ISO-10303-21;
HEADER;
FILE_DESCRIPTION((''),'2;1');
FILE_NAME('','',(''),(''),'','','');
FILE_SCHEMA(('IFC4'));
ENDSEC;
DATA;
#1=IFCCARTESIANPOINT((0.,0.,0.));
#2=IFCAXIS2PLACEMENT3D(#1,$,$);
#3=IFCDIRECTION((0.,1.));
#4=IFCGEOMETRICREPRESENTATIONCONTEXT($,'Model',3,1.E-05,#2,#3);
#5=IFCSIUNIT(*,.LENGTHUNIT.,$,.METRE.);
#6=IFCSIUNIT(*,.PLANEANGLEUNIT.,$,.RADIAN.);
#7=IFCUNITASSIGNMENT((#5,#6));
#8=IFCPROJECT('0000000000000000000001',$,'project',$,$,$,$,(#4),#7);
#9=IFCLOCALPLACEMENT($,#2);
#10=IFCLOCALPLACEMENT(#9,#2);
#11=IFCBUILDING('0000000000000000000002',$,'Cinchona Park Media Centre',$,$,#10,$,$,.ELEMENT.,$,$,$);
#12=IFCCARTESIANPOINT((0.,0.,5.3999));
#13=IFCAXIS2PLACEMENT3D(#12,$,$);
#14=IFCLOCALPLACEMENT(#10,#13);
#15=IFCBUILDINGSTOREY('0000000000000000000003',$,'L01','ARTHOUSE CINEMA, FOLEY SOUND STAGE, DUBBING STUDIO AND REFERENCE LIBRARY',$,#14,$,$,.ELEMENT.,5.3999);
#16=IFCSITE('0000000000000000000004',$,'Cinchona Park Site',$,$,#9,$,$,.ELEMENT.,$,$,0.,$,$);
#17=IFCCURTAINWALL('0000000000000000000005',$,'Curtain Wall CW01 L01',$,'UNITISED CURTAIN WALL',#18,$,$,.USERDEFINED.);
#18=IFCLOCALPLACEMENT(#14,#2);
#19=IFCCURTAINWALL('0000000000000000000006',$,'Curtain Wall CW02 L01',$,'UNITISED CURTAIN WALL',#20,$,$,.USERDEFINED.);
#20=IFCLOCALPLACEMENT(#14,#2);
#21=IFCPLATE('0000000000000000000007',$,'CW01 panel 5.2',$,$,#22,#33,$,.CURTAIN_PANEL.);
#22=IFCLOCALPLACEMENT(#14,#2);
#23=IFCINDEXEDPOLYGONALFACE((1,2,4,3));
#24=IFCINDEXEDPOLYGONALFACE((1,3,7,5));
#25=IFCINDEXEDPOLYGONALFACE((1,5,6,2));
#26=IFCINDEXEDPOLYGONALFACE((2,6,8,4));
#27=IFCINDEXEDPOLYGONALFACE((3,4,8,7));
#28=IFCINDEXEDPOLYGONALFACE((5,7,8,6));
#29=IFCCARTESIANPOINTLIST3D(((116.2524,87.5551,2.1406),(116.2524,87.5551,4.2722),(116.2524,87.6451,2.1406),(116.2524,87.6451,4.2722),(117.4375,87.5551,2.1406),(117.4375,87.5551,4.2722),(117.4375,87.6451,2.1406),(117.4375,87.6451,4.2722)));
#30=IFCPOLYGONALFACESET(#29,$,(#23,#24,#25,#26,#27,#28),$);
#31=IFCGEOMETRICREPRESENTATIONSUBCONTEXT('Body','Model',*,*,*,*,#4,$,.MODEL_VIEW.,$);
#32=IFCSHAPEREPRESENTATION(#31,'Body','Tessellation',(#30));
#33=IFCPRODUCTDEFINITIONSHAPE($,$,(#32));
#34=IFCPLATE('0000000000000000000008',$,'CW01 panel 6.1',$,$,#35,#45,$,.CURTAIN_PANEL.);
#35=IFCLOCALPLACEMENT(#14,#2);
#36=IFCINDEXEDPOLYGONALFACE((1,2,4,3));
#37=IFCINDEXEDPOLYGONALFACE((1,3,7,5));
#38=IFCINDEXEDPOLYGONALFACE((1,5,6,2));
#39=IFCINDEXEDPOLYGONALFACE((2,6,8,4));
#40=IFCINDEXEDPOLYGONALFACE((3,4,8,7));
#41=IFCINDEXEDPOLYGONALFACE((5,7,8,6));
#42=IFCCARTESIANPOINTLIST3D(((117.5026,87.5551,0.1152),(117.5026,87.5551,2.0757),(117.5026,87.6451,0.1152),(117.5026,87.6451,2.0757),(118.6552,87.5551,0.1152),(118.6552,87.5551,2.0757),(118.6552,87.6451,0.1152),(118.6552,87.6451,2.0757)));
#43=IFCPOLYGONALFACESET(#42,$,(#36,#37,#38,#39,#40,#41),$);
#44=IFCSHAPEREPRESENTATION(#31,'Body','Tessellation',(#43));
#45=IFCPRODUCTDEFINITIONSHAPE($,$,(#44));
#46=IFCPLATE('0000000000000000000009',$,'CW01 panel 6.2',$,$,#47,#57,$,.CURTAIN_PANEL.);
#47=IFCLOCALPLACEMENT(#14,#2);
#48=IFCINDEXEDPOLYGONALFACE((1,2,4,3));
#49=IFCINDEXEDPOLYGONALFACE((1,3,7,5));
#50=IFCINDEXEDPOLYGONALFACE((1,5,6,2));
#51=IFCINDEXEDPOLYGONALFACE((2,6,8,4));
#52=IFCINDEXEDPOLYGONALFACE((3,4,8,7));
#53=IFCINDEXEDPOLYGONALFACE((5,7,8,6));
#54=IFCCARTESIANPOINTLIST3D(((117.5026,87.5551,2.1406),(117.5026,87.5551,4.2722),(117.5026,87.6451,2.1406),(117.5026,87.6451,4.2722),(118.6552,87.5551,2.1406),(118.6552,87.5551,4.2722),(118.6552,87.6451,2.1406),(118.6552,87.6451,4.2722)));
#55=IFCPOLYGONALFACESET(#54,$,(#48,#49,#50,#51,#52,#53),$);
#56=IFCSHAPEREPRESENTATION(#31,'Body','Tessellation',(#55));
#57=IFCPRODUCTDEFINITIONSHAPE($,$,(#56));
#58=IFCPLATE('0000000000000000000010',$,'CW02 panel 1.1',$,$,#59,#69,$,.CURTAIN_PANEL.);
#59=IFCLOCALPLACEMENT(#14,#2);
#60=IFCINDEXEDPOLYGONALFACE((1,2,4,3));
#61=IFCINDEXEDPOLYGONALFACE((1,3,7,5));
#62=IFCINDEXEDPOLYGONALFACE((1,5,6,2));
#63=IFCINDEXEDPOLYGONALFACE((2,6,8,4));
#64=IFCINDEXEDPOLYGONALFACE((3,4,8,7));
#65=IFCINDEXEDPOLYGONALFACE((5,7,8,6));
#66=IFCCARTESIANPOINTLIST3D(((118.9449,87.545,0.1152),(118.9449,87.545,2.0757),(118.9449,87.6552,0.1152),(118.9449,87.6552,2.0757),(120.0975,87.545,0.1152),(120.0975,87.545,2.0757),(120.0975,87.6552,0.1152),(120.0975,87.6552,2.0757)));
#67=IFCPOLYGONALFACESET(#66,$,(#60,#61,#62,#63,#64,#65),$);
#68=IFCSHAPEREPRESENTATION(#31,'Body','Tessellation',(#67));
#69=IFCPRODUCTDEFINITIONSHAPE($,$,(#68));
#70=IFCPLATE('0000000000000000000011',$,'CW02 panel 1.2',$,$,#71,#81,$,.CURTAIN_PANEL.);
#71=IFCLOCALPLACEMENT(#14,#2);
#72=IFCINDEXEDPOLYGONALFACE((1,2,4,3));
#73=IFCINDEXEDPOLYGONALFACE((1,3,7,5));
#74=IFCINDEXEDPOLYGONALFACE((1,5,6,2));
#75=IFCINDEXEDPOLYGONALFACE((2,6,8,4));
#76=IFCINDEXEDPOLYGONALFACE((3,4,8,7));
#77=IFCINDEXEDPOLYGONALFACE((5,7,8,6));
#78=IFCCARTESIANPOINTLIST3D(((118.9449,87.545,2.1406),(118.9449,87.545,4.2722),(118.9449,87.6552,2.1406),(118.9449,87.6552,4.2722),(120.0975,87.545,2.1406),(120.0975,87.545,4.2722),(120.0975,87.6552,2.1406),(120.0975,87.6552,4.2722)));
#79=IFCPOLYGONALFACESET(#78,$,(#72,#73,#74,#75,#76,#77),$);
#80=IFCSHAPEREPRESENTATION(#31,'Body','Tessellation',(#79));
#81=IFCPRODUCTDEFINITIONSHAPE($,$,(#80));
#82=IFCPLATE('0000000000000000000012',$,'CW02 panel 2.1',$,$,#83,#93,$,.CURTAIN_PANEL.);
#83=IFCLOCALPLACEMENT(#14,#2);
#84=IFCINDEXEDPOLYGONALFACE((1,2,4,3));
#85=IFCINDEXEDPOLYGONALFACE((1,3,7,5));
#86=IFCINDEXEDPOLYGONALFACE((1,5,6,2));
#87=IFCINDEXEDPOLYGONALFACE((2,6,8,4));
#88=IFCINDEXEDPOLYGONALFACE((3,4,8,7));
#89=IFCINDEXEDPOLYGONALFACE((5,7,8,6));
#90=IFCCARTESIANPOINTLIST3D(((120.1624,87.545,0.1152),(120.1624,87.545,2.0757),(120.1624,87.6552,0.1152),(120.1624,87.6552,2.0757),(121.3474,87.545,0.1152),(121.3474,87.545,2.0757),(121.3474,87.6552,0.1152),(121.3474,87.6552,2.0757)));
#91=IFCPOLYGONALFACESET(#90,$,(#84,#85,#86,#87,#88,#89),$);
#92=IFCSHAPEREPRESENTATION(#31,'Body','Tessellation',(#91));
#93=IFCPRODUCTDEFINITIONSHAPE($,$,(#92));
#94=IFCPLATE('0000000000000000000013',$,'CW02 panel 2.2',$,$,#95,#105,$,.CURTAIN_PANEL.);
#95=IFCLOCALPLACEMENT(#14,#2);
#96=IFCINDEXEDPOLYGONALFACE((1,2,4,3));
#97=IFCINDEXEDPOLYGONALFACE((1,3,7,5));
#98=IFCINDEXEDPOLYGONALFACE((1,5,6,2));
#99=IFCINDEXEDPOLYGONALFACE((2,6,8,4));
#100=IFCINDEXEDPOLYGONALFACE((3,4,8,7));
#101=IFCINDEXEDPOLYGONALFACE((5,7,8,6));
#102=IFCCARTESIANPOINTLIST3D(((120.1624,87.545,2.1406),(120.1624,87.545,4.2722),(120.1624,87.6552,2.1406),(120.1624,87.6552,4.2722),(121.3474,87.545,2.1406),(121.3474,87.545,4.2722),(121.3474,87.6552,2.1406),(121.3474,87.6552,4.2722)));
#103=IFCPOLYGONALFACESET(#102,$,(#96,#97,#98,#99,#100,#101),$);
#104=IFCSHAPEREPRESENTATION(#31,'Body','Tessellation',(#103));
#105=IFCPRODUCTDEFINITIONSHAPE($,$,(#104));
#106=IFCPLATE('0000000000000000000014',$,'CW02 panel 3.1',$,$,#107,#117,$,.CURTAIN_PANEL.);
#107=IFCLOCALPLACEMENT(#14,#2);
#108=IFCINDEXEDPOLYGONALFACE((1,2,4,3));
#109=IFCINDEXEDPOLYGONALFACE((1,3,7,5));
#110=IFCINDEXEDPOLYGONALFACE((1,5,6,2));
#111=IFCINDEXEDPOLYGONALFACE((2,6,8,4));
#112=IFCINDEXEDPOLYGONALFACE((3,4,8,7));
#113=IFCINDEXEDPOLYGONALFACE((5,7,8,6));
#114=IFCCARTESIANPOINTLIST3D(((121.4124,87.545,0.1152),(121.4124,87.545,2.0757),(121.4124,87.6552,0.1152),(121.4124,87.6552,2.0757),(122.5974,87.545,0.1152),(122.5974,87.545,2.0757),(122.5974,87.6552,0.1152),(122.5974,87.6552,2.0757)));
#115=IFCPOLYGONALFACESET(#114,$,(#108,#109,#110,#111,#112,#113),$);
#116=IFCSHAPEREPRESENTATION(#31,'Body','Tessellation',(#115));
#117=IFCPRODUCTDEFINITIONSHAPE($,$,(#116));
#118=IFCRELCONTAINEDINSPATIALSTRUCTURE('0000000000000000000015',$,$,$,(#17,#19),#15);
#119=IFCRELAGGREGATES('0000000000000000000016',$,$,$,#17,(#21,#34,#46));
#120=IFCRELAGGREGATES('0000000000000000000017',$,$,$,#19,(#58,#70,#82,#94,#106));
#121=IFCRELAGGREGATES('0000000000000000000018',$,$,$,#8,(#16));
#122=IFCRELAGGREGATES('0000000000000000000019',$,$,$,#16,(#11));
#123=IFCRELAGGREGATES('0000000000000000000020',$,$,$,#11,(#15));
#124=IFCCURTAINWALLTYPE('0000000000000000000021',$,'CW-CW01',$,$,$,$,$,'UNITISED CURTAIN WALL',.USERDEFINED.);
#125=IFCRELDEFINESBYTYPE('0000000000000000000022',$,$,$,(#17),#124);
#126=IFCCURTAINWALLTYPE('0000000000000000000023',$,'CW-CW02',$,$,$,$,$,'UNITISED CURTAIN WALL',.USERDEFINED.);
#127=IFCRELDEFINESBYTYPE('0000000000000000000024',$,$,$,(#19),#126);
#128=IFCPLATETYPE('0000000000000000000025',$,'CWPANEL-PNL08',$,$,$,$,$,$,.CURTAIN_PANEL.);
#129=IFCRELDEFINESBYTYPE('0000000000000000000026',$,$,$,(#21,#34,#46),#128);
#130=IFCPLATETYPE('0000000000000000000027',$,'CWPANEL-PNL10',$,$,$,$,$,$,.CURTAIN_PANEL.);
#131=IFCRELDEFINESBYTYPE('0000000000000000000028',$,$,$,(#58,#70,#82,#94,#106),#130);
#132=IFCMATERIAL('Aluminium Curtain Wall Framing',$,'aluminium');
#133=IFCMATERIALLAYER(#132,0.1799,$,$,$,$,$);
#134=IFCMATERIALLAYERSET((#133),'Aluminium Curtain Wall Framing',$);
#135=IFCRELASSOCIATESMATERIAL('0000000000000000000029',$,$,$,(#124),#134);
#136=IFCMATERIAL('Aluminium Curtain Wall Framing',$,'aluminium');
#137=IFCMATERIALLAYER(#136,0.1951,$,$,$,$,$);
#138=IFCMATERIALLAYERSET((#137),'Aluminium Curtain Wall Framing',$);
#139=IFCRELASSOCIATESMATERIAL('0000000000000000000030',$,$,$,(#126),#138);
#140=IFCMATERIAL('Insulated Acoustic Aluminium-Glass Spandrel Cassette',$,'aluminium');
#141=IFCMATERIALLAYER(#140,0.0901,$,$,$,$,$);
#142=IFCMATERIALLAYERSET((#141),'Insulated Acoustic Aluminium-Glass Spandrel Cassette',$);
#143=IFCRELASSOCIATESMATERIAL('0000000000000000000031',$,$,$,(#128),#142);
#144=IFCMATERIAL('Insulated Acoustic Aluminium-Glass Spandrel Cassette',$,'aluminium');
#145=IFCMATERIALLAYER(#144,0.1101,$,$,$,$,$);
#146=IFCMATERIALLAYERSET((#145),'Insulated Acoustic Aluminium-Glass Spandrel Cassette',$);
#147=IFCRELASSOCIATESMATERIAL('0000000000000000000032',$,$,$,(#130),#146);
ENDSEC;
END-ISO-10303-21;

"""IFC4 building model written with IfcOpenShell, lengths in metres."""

from ifc_helpers import new_model, si_unit, direction, frame, origin, origin_2d, place, context, subcontext, project, spatial, rectangle, extrude, material, layer, layer_set, type_object, element, aggregate, save


model = new_model("IFC4")

# Units and contexts
model_context = context("Model", 3, precision=1e-05, world=origin(), true_north=direction((0.0, 1.0)))
body_context = subcontext(model_context, "Body", "Model", "MODEL_VIEW")
ifc_project = project(units=[si_unit("LENGTHUNIT", "METRE"), si_unit("PLANEANGLEUNIT", "RADIAN")], contexts=[model_context])

# Site, building, storey
site_placement = place(None, origin())
site = spatial("IfcSite", under=ifc_project, at=site_placement, Name="Cinchona Park Site", CompositionType="ELEMENT", RefElevation=0.0)
building_placement = place(site_placement, origin())
building = spatial("IfcBuilding", under=site, at=building_placement, Name="Cinchona Park Media Centre", CompositionType="ELEMENT")
storey_placement = place(building_placement, frame((0.0, 0.0, 5.3999)))
storey = spatial("IfcBuildingStorey", under=building, at=storey_placement, Name="L01", Description="ARTHOUSE CINEMA, FOLEY SOUND STAGE, DUBBING STUDIO AND REFERENCE LIBRARY", CompositionType="ELEMENT", Elevation=5.3999)

# Curtain walls
ifc_material_1 = material(Name="Aluminium Curtain Wall Framing", Category="aluminium")
ifc_layer_1 = layer(ifc_material_1, 0.1799)
ifc_layer_set_1 = layer_set([ifc_layer_1], Name="Aluminium Curtain Wall Framing")
curtain_wall_type_1 = type_object("IfcCurtainWallType", Name="CW-CW01", ElementType="UNITISED CURTAIN WALL", PredefinedType="USERDEFINED", material=ifc_layer_set_1)
curtain_wall_1_placement = place(storey_placement, origin())
curtain_wall_1 = element("IfcCurtainWall", 1, at=curtain_wall_1_placement, inside=storey, type_object=curtain_wall_type_1, Name="Curtain Wall CW01 L01", ObjectType="UNITISED CURTAIN WALL", PredefinedType="USERDEFINED")
ifc_material_2 = material(Name="Aluminium Curtain Wall Framing", Category="aluminium")
ifc_layer_2 = layer(ifc_material_2, 0.1951)
ifc_layer_set_2 = layer_set([ifc_layer_2], Name="Aluminium Curtain Wall Framing")
curtain_wall_type_2 = type_object("IfcCurtainWallType", Name="CW-CW02", ElementType="UNITISED CURTAIN WALL", PredefinedType="USERDEFINED", material=ifc_layer_set_2)
curtain_wall_2_placement = place(storey_placement, origin())
curtain_wall_2 = element("IfcCurtainWall", 2, at=curtain_wall_2_placement, inside=storey, type_object=curtain_wall_type_2, Name="Curtain Wall CW02 L01", ObjectType="UNITISED CURTAIN WALL", PredefinedType="USERDEFINED")

# Plates
ifc_material_3 = material(Name="Insulated Acoustic Aluminium-Glass Spandrel Cassette", Category="aluminium")
ifc_layer_3 = layer(ifc_material_3, 0.0901)
ifc_layer_set_3 = layer_set([ifc_layer_3], Name="Insulated Acoustic Aluminium-Glass Spandrel Cassette")
plate_type_1 = type_object("IfcPlateType", Name="CWPANEL-PNL08", PredefinedType="CURTAIN_PANEL", material=ifc_layer_set_3)
plate_1_placement = place(storey_placement, frame((116.845, 87.6001, 2.1406), z_axis=(0.0, 0.0, 1.0), x_axis=(1.0, 0.0, 0.0)))
plate_1 = element("IfcPlate", 3, at=plate_1_placement, type_object=plate_type_1, Name="CW01 panel 5.2", PredefinedType="CURTAIN_PANEL", context=body_context, shape_type="SweptSolid", body=[
    extrude(rectangle(XDim=1.1851, YDim=0.0901, at=origin_2d()), origin(), (0.0, 0.0, 1.0), 2.1316),
])
plate_2_placement = place(storey_placement, frame((118.0789, 87.6001, 0.1152), z_axis=(0.0, 0.0, 1.0), x_axis=(1.0, 0.0, 0.0)))
plate_2 = element("IfcPlate", 4, at=plate_2_placement, type_object=plate_type_1, Name="CW01 panel 6.1", PredefinedType="CURTAIN_PANEL", context=body_context, shape_type="SweptSolid", body=[
    extrude(rectangle(XDim=1.1526, YDim=0.0901, at=origin_2d()), origin(), (0.0, 0.0, 1.0), 1.9604),
])
plate_3_placement = place(storey_placement, frame((118.0789, 87.6001, 2.1406), z_axis=(0.0, 0.0, 1.0), x_axis=(1.0, 0.0, 0.0)))
plate_3 = element("IfcPlate", 5, at=plate_3_placement, type_object=plate_type_1, Name="CW01 panel 6.2", PredefinedType="CURTAIN_PANEL", context=body_context, shape_type="SweptSolid", body=[
    extrude(rectangle(XDim=1.1526, YDim=0.0901, at=origin_2d()), origin(), (0.0, 0.0, 1.0), 2.1316),
])
aggregate(curtain_wall_1, [plate_1, plate_2, plate_3])
ifc_material_4 = material(Name="Insulated Acoustic Aluminium-Glass Spandrel Cassette", Category="aluminium")
ifc_layer_4 = layer(ifc_material_4, 0.1101)
ifc_layer_set_4 = layer_set([ifc_layer_4], Name="Insulated Acoustic Aluminium-Glass Spandrel Cassette")
plate_type_2 = type_object("IfcPlateType", Name="CWPANEL-PNL10", PredefinedType="CURTAIN_PANEL", material=ifc_layer_set_4)
plate_4_placement = place(storey_placement, frame((119.5212, 87.6001, 0.1152), z_axis=(0.0, 0.0, 1.0), x_axis=(1.0, 0.0, 0.0)))
plate_4 = element("IfcPlate", 6, at=plate_4_placement, type_object=plate_type_2, Name="CW02 panel 1.1", PredefinedType="CURTAIN_PANEL", context=body_context, shape_type="SweptSolid", body=[
    extrude(rectangle(XDim=1.1526, YDim=0.1101, at=origin_2d()), origin(), (0.0, 0.0, 1.0), 1.9604),
])
plate_5_placement = place(storey_placement, frame((119.5212, 87.6001, 2.1406), z_axis=(0.0, 0.0, 1.0), x_axis=(1.0, 0.0, 0.0)))
plate_5 = element("IfcPlate", 7, at=plate_5_placement, type_object=plate_type_2, Name="CW02 panel 1.2", PredefinedType="CURTAIN_PANEL", context=body_context, shape_type="SweptSolid", body=[
    extrude(rectangle(XDim=1.1526, YDim=0.1101, at=origin_2d()), origin(), (0.0, 0.0, 1.0), 2.1316),
])
plate_6_placement = place(storey_placement, frame((120.7549, 87.6001, 0.1152), z_axis=(0.0, 0.0, 1.0), x_axis=(1.0, 0.0, 0.0)))
plate_6 = element("IfcPlate", 8, at=plate_6_placement, type_object=plate_type_2, Name="CW02 panel 2.1", PredefinedType="CURTAIN_PANEL", context=body_context, shape_type="SweptSolid", body=[
    extrude(rectangle(XDim=1.1851, YDim=0.1101, at=origin_2d()), origin(), (0.0, 0.0, 1.0), 1.9604),
])
plate_7_placement = place(storey_placement, frame((120.7549, 87.6001, 2.1406), z_axis=(0.0, 0.0, 1.0), x_axis=(1.0, 0.0, 0.0)))
plate_7 = element("IfcPlate", 9, at=plate_7_placement, type_object=plate_type_2, Name="CW02 panel 2.2", PredefinedType="CURTAIN_PANEL", context=body_context, shape_type="SweptSolid", body=[
    extrude(rectangle(XDim=1.1851, YDim=0.1101, at=origin_2d()), origin(), (0.0, 0.0, 1.0), 2.1316),
])
plate_8_placement = place(storey_placement, frame((122.0049, 87.6001, 0.1152), z_axis=(0.0, 0.0, 1.0), x_axis=(1.0, 0.0, 0.0)))
plate_8 = element("IfcPlate", 10, at=plate_8_placement, type_object=plate_type_2, Name="CW02 panel 3.1", PredefinedType="CURTAIN_PANEL", context=body_context, shape_type="SweptSolid", body=[
    extrude(rectangle(XDim=1.1851, YDim=0.1101, at=origin_2d()), origin(), (0.0, 0.0, 1.0), 1.9604),
])
aggregate(curtain_wall_2, [plate_4, plate_5, plate_6, plate_7, plate_8])

save(model, "model.ifc")
